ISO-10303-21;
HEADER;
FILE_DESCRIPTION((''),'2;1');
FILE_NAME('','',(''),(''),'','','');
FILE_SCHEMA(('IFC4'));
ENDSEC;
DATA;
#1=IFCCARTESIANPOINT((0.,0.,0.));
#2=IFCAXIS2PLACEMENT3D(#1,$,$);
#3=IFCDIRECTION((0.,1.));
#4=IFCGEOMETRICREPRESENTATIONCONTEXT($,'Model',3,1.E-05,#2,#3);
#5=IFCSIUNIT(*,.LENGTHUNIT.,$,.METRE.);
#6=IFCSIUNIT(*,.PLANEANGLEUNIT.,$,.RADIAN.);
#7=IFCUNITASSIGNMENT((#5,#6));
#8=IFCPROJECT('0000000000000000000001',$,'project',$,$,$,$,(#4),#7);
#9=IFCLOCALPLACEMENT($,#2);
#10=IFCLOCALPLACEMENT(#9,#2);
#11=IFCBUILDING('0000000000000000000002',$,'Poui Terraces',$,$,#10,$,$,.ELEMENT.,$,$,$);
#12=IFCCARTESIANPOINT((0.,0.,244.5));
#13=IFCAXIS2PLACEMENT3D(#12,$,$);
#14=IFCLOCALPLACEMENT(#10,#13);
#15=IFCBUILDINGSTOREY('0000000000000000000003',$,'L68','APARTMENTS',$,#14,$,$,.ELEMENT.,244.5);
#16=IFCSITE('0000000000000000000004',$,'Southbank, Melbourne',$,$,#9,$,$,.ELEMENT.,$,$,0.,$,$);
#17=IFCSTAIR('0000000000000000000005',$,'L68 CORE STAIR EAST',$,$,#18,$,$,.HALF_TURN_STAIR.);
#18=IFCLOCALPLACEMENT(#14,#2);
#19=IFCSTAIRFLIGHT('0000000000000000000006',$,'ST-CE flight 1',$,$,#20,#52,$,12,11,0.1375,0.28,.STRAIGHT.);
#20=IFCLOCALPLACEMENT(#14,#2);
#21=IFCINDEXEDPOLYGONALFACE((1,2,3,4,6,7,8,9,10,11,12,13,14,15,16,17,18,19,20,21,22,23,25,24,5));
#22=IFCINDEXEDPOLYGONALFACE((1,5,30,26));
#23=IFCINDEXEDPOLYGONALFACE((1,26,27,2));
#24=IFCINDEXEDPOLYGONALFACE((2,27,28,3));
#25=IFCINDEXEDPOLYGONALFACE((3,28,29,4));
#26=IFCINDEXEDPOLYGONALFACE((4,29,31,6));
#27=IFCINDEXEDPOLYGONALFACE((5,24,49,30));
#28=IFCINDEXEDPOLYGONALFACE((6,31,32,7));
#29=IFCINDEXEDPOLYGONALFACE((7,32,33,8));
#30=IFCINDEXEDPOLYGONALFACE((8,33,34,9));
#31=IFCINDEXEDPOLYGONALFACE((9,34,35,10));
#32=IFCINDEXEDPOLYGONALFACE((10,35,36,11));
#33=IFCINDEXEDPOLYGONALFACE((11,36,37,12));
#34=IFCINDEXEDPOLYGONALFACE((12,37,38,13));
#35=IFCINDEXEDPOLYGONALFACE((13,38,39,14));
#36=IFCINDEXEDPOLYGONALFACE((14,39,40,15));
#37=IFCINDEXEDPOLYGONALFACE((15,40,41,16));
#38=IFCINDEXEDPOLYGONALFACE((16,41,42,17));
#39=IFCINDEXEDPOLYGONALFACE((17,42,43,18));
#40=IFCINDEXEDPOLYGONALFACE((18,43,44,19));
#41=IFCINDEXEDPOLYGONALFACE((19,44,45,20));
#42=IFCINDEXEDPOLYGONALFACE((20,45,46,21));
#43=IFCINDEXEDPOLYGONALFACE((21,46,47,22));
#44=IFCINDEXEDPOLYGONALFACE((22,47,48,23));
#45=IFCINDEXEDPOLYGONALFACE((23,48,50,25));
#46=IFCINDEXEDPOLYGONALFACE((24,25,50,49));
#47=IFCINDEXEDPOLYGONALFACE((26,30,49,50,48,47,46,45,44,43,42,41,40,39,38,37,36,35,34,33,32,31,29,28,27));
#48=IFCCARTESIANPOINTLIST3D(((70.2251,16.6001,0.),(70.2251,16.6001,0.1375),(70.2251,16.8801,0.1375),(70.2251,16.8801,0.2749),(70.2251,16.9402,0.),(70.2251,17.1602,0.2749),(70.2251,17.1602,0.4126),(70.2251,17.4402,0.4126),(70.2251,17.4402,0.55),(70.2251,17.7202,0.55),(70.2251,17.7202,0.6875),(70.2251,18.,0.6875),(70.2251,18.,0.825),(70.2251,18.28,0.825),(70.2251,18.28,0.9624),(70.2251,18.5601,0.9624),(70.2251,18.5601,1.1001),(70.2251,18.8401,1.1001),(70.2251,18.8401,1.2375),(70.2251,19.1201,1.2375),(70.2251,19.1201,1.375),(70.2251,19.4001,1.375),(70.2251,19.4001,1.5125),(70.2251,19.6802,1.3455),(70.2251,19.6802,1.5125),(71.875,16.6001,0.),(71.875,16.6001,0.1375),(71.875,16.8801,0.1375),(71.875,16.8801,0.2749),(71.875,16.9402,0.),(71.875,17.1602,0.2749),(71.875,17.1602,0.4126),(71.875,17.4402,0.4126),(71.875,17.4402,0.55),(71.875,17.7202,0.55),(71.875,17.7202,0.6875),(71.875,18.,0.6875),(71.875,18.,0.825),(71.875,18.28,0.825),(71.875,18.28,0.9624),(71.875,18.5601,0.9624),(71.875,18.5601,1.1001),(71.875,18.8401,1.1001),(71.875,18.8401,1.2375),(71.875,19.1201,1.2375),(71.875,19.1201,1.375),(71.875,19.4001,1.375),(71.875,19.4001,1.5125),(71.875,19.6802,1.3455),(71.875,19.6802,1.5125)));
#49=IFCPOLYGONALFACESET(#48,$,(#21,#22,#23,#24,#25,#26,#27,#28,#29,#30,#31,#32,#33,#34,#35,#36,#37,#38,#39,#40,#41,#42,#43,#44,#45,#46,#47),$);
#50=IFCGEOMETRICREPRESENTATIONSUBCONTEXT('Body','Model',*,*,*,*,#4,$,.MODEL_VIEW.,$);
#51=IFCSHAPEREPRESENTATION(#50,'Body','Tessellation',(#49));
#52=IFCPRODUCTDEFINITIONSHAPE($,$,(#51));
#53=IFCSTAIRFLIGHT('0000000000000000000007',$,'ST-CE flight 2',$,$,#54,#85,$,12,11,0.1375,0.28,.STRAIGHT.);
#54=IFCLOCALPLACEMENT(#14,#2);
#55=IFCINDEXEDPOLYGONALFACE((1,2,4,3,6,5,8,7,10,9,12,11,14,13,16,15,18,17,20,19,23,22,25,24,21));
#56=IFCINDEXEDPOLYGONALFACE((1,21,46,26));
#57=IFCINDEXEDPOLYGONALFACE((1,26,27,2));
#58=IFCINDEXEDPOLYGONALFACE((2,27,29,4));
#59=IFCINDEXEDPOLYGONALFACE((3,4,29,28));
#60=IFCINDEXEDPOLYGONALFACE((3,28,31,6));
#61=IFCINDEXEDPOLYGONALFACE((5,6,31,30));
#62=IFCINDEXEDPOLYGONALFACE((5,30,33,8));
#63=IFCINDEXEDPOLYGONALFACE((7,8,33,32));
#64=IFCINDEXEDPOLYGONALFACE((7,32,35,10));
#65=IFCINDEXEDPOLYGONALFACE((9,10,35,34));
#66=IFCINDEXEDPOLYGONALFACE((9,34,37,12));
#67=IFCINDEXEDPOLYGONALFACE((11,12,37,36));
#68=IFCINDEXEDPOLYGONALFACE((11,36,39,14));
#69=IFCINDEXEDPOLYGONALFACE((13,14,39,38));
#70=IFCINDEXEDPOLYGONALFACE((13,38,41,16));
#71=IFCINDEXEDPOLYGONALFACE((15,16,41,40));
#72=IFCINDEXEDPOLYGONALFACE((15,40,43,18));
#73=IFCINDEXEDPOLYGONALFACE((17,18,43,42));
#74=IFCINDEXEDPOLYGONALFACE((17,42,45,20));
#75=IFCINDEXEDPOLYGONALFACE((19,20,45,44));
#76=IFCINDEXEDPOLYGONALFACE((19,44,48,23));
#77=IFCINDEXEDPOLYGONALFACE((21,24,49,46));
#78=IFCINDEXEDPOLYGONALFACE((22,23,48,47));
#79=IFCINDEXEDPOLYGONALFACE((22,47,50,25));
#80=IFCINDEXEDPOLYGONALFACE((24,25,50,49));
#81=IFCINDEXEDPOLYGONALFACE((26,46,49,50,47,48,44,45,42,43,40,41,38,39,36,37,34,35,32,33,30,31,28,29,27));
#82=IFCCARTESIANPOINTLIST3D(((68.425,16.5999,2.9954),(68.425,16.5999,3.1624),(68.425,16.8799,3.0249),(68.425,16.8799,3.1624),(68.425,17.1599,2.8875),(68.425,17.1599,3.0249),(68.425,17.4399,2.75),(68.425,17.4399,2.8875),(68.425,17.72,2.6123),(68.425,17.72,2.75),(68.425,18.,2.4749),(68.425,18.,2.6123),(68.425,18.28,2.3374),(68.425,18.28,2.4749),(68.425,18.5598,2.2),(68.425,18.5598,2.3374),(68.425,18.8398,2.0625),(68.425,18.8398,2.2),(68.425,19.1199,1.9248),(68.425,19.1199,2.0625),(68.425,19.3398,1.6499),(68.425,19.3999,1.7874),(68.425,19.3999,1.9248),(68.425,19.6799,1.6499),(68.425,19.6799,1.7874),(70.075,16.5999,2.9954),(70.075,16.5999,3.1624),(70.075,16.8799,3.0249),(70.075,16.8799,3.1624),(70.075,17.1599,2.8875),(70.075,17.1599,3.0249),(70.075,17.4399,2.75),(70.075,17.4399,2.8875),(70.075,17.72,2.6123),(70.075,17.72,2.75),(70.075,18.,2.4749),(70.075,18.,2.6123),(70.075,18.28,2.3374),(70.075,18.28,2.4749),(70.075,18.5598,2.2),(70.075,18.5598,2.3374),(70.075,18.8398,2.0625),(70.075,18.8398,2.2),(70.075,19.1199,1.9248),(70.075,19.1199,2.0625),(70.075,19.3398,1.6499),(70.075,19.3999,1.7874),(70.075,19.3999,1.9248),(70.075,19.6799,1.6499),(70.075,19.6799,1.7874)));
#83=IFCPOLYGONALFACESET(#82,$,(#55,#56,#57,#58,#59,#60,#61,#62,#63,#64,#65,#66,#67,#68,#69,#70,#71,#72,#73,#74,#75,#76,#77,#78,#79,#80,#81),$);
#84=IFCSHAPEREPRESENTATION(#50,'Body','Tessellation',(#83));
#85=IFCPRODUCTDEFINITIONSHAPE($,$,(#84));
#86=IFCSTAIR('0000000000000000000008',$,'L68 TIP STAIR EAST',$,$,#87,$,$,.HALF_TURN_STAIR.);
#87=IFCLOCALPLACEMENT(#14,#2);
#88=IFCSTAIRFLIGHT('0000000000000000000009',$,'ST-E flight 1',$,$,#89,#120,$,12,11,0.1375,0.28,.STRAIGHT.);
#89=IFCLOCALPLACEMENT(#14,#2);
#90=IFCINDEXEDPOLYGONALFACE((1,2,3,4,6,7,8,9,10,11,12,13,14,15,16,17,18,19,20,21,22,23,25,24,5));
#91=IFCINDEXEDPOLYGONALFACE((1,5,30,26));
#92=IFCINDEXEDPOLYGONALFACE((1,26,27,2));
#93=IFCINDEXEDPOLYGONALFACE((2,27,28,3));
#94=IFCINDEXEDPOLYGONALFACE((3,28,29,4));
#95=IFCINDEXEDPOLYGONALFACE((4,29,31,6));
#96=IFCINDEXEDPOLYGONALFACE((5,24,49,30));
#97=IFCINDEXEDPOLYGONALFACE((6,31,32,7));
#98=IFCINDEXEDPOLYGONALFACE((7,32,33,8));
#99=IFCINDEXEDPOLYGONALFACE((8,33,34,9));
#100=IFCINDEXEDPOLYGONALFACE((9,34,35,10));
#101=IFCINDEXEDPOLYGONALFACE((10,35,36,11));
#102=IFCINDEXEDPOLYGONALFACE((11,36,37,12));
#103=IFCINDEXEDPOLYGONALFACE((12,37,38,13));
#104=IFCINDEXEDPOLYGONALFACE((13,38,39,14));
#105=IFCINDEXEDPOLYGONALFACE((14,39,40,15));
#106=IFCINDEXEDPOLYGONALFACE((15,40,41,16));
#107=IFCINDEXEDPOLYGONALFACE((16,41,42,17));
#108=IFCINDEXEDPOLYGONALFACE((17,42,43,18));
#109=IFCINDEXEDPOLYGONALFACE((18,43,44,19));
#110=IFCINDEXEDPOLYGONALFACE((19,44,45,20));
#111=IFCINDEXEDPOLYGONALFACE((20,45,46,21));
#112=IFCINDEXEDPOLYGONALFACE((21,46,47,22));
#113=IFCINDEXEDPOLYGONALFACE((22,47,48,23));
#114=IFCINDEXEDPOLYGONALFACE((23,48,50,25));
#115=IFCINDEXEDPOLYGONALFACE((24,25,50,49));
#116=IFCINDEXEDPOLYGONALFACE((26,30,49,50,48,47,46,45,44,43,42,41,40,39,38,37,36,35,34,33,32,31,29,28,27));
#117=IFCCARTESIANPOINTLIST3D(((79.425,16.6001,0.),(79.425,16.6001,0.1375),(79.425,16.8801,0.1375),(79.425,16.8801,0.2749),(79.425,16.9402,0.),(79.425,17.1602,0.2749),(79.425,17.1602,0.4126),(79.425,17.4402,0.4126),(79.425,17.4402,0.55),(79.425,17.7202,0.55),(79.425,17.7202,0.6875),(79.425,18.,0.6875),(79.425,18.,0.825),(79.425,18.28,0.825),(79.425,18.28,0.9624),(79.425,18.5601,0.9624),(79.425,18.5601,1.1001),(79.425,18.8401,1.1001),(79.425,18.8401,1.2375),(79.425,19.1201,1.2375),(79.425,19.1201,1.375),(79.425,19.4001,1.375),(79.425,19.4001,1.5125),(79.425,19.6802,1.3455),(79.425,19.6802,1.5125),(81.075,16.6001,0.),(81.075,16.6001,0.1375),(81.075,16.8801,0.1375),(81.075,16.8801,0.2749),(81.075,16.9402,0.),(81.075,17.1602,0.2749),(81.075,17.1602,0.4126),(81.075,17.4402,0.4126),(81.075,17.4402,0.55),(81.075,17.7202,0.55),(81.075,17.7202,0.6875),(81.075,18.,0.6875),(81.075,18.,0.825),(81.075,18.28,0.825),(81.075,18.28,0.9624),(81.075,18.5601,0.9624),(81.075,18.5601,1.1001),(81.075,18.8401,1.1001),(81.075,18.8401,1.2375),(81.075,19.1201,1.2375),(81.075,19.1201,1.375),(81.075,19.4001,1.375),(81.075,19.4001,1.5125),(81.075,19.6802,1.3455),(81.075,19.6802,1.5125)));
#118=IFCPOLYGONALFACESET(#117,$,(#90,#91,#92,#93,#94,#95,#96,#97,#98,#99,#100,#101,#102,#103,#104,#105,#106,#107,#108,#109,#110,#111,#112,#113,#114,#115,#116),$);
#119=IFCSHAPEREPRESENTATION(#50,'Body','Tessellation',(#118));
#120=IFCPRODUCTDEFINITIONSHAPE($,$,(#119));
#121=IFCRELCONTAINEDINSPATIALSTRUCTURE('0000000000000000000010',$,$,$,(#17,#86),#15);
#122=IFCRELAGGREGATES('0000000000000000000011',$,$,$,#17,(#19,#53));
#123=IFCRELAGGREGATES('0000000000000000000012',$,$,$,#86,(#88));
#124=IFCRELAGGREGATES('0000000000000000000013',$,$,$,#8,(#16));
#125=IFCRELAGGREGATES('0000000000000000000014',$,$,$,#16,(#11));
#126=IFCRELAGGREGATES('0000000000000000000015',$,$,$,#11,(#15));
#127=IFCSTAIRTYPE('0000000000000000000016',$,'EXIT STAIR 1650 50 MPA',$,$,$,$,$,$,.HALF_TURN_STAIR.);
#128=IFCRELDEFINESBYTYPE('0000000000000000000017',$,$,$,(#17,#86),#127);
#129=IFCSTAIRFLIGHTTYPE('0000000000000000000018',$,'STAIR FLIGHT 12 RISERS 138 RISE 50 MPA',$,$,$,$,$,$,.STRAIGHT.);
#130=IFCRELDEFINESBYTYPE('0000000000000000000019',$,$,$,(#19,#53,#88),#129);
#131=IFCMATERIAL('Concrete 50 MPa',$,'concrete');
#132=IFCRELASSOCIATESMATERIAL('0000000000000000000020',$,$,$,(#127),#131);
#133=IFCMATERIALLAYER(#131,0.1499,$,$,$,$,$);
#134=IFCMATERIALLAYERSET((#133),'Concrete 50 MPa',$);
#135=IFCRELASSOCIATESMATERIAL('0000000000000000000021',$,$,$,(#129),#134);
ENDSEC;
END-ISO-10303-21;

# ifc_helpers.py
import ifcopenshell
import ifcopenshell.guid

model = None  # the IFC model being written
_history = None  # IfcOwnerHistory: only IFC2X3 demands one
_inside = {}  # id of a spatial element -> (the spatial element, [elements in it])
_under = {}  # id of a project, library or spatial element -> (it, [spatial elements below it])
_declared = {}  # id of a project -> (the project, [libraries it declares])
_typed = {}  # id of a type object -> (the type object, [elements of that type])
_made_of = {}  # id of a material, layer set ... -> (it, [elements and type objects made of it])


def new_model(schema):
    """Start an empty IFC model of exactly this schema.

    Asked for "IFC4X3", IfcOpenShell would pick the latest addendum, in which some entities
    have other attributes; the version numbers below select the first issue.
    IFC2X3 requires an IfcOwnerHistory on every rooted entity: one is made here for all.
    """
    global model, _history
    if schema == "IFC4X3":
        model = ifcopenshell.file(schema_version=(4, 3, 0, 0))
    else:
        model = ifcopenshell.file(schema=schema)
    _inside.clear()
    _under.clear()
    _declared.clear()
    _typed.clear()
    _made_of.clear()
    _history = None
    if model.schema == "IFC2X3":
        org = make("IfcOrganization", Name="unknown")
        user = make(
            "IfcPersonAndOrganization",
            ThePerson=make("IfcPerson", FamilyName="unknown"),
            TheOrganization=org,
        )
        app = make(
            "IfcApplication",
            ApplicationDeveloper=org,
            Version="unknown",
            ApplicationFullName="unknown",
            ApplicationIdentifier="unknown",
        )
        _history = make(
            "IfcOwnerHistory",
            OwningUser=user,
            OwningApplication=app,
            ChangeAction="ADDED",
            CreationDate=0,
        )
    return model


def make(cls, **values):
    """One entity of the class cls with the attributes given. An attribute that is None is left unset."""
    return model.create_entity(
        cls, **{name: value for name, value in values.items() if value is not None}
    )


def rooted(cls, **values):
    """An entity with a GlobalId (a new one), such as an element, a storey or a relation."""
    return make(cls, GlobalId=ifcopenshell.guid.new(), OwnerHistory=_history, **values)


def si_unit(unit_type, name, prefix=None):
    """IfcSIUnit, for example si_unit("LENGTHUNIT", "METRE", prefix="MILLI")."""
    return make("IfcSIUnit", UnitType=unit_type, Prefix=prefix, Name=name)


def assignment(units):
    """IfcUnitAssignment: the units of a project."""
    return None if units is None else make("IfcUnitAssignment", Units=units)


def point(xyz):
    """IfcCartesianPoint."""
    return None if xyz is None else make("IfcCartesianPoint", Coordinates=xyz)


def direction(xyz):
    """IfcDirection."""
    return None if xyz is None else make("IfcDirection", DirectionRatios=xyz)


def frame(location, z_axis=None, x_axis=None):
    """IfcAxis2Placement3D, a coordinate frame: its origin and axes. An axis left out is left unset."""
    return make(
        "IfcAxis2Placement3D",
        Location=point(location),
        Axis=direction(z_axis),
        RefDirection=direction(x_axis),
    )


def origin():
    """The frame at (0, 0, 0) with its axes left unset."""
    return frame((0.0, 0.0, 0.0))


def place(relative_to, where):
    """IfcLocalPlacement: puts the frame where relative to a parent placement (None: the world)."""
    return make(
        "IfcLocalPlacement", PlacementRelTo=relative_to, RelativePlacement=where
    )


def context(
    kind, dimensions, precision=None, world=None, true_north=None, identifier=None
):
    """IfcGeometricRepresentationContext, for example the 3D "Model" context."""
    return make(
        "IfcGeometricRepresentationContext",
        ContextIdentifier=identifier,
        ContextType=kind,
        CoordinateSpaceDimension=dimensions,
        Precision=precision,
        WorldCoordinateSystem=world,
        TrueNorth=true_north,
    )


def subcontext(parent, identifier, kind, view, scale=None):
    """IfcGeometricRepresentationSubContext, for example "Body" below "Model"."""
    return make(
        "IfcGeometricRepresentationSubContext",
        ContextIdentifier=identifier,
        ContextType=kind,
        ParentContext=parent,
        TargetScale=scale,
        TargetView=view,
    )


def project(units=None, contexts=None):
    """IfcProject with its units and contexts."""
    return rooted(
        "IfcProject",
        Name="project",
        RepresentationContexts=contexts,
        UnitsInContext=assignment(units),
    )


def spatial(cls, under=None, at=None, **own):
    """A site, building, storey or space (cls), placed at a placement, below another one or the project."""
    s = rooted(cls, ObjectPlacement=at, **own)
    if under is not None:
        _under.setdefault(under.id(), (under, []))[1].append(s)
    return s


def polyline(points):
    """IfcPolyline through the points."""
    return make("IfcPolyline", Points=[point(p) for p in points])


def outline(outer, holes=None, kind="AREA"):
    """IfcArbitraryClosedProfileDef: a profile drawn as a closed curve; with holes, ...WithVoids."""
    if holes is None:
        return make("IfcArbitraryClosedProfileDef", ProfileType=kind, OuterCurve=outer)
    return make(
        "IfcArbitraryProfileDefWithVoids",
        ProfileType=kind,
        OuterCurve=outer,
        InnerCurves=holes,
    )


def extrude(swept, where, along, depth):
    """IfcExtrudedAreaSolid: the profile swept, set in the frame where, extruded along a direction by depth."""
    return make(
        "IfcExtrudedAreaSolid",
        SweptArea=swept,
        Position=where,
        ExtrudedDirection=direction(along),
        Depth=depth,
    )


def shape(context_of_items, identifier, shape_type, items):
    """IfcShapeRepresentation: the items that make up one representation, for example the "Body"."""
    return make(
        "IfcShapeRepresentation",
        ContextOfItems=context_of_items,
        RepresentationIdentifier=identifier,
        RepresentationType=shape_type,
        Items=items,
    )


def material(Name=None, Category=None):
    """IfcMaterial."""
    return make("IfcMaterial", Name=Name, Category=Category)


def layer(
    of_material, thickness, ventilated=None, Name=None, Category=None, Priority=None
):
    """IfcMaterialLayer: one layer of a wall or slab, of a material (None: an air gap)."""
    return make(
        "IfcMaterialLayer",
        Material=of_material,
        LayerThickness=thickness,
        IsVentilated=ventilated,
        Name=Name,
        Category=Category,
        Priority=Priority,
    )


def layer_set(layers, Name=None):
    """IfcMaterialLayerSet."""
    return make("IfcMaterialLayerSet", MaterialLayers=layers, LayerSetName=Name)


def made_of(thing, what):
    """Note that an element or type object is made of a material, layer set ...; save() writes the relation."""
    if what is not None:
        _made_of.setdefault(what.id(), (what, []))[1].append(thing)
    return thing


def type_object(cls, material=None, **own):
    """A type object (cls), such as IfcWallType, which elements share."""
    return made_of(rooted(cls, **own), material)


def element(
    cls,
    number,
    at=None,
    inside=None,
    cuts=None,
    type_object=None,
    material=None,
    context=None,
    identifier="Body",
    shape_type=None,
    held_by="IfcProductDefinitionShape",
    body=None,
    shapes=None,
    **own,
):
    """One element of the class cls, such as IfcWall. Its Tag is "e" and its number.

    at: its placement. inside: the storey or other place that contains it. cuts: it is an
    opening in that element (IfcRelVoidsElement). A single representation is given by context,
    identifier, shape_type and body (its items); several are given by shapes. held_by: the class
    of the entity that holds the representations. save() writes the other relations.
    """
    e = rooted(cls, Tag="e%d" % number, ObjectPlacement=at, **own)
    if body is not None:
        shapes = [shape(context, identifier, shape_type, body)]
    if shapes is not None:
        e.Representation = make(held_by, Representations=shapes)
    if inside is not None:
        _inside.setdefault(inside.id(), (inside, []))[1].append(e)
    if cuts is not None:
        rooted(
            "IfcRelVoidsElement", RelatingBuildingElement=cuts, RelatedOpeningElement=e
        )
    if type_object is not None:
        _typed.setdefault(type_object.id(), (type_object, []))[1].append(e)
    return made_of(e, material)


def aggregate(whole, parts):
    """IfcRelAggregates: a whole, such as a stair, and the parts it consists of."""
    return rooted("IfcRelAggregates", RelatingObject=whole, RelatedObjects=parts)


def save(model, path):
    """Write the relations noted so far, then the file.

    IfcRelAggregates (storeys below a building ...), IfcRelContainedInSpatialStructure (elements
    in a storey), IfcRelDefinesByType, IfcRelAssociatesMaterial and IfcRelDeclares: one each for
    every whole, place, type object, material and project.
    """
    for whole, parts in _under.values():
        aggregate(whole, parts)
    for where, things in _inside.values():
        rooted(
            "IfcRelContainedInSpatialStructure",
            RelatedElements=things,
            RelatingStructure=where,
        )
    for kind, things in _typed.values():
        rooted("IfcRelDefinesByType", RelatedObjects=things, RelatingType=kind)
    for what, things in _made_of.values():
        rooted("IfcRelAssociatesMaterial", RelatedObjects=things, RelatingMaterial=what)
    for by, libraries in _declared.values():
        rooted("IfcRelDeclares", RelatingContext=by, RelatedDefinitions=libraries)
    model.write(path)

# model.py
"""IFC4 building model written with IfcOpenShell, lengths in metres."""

from ifc_helpers import new_model, si_unit, direction, frame, origin, place, context, subcontext, project, spatial, polyline, outline, extrude, material, layer, layer_set, type_object, element, aggregate, save


model = new_model("IFC4")

# Units and contexts
model_context = context("Model", 3, precision=1e-05, world=origin(), true_north=direction((0.0, 1.0)))
body_context = subcontext(model_context, "Body", "Model", "MODEL_VIEW")
ifc_project = project(units=[si_unit("LENGTHUNIT", "METRE"), si_unit("PLANEANGLEUNIT", "RADIAN")], contexts=[model_context])

# Site, building, storey
site_placement = place(None, origin())
site = spatial("IfcSite", under=ifc_project, at=site_placement, Name="Southbank, Melbourne", CompositionType="ELEMENT", RefElevation=0.0)
building_placement = place(site_placement, origin())
building = spatial("IfcBuilding", under=site, at=building_placement, Name="Poui Terraces", CompositionType="ELEMENT")
storey_placement = place(building_placement, frame((0.0, 0.0, 244.5)))
storey = spatial("IfcBuildingStorey", under=building, at=storey_placement, Name="L68", Description="APARTMENTS", CompositionType="ELEMENT", Elevation=244.5)

# Shared definitions
ifc_material_1 = material(Name="Concrete 50 MPa", Category="concrete")

# Stair, stair flights
stair_type = type_object("IfcStairType", Name="EXIT STAIR 1650 50 MPA", PredefinedType="HALF_TURN_STAIR", material=ifc_material_1)
stair_1_placement = place(storey_placement, origin())
stair_1 = element("IfcStair", 1, at=stair_1_placement, inside=storey, type_object=stair_type, Name="L68 CORE STAIR EAST", PredefinedType="HALF_TURN_STAIR")
ifc_layer_1 = layer(ifc_material_1, 0.1499)
ifc_layer_set_1 = layer_set([ifc_layer_1], Name="Concrete 50 MPa")
stair_flight_type = type_object("IfcStairFlightType", Name="STAIR FLIGHT 12 RISERS 138 RISE 50 MPA", PredefinedType="STRAIGHT", material=ifc_layer_set_1)
stair_flight_1_placement = place(storey_placement, frame((71.05, 16.6001, 0.0), z_axis=(0.0, 0.0, 1.0), x_axis=(0.0, 1.0, 0.0)))
stair_flight_1 = element("IfcStairFlight", 2, at=stair_flight_1_placement, type_object=stair_flight_type, Name="ST-CE flight 1", NumberOfRisers=12, NumberOfTreads=11, PredefinedType="STRAIGHT", RiserHeight=0.1375, TreadLength=0.28, context=body_context, shape_type="SweptSolid", body=[
    extrude(outline(polyline([(0.0, 0.0), (0.0, 0.1375), (0.28, 0.1375), (0.28, 0.2749), (0.5601, 0.2749), (0.5601, 0.4126), (0.8401, 0.4126), (0.8401, 0.55), (1.1201, 0.55), (1.1201, 0.6875), (1.3999, 0.6875), (1.3999, 0.825), (1.6799, 0.825), (1.6799, 0.9624), (1.96, 0.9624), (1.96, 1.1001), (2.24, 1.1001), (2.24, 1.2375), (2.52, 1.2375), (2.52, 1.375), (2.8, 1.375), (2.8, 1.5125), (3.0801, 1.5125), (3.0801, 1.6499), (3.0801, 1.3455), (0.3401, 0.0), (0.0, 0.0)])), frame((0.0, 0.825, 0.0), z_axis=(0.0, -1.0, 0.0), x_axis=(1.0, 0.0, 0.0)), (0.0, 0.0, 1.0), 1.6499),
])
stair_flight_2_placement = place(storey_placement, frame((69.25, 19.6799, 1.6499), z_axis=(0.0, 0.0, 1.0), x_axis=(0.0, -1.0, 0.0)))
stair_flight_2 = element("IfcStairFlight", 3, at=stair_flight_2_placement, type_object=stair_flight_type, Name="ST-CE flight 2", NumberOfRisers=12, NumberOfTreads=11, PredefinedType="STRAIGHT", RiserHeight=0.1375, TreadLength=0.28, context=body_context, shape_type="SweptSolid", body=[
    extrude(outline(polyline([(0.0, 0.0), (0.0, 0.1375), (0.28, 0.1375), (0.28, 0.2749), (0.5601, 0.2749), (0.5601, 0.4126), (0.8401, 0.4126), (0.8401, 0.55), (1.1201, 0.55), (1.1201, 0.6875), (1.3999, 0.6875), (1.3999, 0.825), (1.6799, 0.825), (1.6799, 0.9624), (1.96, 0.9624), (1.96, 1.1001), (2.24, 1.1001), (2.24, 1.2375), (2.52, 1.2375), (2.52, 1.375), (2.8, 1.375), (2.8, 1.5125), (3.0801, 1.5125), (3.0801, 1.6499), (3.0801, 1.3455), (0.3401, 0.0), (0.0, 0.0)])), frame((0.0, 0.825, 0.0), z_axis=(0.0, -1.0, 0.0), x_axis=(1.0, 0.0, 0.0)), (0.0, 0.0, 1.0), 1.6499),
])
aggregate(stair_1, [stair_flight_1, stair_flight_2])

# Stair, stair flight
stair_2_placement = place(storey_placement, origin())
stair_2 = element("IfcStair", 4, at=stair_2_placement, inside=storey, type_object=stair_type, Name="L68 TIP STAIR EAST", PredefinedType="HALF_TURN_STAIR")
stair_flight_3_placement = place(storey_placement, frame((80.25, 16.6001, 0.0), z_axis=(0.0, 0.0, 1.0), x_axis=(0.0, 1.0, 0.0)))
stair_flight_3 = element("IfcStairFlight", 5, at=stair_flight_3_placement, type_object=stair_flight_type, Name="ST-E flight 1", NumberOfRisers=12, NumberOfTreads=11, PredefinedType="STRAIGHT", RiserHeight=0.1375, TreadLength=0.28, context=body_context, shape_type="SweptSolid", body=[
    extrude(outline(polyline([(0.0, 0.0), (0.0, 0.1375), (0.28, 0.1375), (0.28, 0.2749), (0.5601, 0.2749), (0.5601, 0.4126), (0.8401, 0.4126), (0.8401, 0.55), (1.1201, 0.55), (1.1201, 0.6875), (1.3999, 0.6875), (1.3999, 0.825), (1.6799, 0.825), (1.6799, 0.9624), (1.96, 0.9624), (1.96, 1.1001), (2.24, 1.1001), (2.24, 1.2375), (2.52, 1.2375), (2.52, 1.375), (2.8, 1.375), (2.8, 1.5125), (3.0801, 1.5125), (3.0801, 1.6499), (3.0801, 1.3455), (0.3401, 0.0), (0.0, 0.0)])), frame((0.0, 0.825, 0.0), z_axis=(0.0, -1.0, 0.0), x_axis=(1.0, 0.0, 0.0)), (0.0, 0.0, 1.0), 1.6499),
])
aggregate(stair_2, [stair_flight_3])

save(model, "model.ifc")
